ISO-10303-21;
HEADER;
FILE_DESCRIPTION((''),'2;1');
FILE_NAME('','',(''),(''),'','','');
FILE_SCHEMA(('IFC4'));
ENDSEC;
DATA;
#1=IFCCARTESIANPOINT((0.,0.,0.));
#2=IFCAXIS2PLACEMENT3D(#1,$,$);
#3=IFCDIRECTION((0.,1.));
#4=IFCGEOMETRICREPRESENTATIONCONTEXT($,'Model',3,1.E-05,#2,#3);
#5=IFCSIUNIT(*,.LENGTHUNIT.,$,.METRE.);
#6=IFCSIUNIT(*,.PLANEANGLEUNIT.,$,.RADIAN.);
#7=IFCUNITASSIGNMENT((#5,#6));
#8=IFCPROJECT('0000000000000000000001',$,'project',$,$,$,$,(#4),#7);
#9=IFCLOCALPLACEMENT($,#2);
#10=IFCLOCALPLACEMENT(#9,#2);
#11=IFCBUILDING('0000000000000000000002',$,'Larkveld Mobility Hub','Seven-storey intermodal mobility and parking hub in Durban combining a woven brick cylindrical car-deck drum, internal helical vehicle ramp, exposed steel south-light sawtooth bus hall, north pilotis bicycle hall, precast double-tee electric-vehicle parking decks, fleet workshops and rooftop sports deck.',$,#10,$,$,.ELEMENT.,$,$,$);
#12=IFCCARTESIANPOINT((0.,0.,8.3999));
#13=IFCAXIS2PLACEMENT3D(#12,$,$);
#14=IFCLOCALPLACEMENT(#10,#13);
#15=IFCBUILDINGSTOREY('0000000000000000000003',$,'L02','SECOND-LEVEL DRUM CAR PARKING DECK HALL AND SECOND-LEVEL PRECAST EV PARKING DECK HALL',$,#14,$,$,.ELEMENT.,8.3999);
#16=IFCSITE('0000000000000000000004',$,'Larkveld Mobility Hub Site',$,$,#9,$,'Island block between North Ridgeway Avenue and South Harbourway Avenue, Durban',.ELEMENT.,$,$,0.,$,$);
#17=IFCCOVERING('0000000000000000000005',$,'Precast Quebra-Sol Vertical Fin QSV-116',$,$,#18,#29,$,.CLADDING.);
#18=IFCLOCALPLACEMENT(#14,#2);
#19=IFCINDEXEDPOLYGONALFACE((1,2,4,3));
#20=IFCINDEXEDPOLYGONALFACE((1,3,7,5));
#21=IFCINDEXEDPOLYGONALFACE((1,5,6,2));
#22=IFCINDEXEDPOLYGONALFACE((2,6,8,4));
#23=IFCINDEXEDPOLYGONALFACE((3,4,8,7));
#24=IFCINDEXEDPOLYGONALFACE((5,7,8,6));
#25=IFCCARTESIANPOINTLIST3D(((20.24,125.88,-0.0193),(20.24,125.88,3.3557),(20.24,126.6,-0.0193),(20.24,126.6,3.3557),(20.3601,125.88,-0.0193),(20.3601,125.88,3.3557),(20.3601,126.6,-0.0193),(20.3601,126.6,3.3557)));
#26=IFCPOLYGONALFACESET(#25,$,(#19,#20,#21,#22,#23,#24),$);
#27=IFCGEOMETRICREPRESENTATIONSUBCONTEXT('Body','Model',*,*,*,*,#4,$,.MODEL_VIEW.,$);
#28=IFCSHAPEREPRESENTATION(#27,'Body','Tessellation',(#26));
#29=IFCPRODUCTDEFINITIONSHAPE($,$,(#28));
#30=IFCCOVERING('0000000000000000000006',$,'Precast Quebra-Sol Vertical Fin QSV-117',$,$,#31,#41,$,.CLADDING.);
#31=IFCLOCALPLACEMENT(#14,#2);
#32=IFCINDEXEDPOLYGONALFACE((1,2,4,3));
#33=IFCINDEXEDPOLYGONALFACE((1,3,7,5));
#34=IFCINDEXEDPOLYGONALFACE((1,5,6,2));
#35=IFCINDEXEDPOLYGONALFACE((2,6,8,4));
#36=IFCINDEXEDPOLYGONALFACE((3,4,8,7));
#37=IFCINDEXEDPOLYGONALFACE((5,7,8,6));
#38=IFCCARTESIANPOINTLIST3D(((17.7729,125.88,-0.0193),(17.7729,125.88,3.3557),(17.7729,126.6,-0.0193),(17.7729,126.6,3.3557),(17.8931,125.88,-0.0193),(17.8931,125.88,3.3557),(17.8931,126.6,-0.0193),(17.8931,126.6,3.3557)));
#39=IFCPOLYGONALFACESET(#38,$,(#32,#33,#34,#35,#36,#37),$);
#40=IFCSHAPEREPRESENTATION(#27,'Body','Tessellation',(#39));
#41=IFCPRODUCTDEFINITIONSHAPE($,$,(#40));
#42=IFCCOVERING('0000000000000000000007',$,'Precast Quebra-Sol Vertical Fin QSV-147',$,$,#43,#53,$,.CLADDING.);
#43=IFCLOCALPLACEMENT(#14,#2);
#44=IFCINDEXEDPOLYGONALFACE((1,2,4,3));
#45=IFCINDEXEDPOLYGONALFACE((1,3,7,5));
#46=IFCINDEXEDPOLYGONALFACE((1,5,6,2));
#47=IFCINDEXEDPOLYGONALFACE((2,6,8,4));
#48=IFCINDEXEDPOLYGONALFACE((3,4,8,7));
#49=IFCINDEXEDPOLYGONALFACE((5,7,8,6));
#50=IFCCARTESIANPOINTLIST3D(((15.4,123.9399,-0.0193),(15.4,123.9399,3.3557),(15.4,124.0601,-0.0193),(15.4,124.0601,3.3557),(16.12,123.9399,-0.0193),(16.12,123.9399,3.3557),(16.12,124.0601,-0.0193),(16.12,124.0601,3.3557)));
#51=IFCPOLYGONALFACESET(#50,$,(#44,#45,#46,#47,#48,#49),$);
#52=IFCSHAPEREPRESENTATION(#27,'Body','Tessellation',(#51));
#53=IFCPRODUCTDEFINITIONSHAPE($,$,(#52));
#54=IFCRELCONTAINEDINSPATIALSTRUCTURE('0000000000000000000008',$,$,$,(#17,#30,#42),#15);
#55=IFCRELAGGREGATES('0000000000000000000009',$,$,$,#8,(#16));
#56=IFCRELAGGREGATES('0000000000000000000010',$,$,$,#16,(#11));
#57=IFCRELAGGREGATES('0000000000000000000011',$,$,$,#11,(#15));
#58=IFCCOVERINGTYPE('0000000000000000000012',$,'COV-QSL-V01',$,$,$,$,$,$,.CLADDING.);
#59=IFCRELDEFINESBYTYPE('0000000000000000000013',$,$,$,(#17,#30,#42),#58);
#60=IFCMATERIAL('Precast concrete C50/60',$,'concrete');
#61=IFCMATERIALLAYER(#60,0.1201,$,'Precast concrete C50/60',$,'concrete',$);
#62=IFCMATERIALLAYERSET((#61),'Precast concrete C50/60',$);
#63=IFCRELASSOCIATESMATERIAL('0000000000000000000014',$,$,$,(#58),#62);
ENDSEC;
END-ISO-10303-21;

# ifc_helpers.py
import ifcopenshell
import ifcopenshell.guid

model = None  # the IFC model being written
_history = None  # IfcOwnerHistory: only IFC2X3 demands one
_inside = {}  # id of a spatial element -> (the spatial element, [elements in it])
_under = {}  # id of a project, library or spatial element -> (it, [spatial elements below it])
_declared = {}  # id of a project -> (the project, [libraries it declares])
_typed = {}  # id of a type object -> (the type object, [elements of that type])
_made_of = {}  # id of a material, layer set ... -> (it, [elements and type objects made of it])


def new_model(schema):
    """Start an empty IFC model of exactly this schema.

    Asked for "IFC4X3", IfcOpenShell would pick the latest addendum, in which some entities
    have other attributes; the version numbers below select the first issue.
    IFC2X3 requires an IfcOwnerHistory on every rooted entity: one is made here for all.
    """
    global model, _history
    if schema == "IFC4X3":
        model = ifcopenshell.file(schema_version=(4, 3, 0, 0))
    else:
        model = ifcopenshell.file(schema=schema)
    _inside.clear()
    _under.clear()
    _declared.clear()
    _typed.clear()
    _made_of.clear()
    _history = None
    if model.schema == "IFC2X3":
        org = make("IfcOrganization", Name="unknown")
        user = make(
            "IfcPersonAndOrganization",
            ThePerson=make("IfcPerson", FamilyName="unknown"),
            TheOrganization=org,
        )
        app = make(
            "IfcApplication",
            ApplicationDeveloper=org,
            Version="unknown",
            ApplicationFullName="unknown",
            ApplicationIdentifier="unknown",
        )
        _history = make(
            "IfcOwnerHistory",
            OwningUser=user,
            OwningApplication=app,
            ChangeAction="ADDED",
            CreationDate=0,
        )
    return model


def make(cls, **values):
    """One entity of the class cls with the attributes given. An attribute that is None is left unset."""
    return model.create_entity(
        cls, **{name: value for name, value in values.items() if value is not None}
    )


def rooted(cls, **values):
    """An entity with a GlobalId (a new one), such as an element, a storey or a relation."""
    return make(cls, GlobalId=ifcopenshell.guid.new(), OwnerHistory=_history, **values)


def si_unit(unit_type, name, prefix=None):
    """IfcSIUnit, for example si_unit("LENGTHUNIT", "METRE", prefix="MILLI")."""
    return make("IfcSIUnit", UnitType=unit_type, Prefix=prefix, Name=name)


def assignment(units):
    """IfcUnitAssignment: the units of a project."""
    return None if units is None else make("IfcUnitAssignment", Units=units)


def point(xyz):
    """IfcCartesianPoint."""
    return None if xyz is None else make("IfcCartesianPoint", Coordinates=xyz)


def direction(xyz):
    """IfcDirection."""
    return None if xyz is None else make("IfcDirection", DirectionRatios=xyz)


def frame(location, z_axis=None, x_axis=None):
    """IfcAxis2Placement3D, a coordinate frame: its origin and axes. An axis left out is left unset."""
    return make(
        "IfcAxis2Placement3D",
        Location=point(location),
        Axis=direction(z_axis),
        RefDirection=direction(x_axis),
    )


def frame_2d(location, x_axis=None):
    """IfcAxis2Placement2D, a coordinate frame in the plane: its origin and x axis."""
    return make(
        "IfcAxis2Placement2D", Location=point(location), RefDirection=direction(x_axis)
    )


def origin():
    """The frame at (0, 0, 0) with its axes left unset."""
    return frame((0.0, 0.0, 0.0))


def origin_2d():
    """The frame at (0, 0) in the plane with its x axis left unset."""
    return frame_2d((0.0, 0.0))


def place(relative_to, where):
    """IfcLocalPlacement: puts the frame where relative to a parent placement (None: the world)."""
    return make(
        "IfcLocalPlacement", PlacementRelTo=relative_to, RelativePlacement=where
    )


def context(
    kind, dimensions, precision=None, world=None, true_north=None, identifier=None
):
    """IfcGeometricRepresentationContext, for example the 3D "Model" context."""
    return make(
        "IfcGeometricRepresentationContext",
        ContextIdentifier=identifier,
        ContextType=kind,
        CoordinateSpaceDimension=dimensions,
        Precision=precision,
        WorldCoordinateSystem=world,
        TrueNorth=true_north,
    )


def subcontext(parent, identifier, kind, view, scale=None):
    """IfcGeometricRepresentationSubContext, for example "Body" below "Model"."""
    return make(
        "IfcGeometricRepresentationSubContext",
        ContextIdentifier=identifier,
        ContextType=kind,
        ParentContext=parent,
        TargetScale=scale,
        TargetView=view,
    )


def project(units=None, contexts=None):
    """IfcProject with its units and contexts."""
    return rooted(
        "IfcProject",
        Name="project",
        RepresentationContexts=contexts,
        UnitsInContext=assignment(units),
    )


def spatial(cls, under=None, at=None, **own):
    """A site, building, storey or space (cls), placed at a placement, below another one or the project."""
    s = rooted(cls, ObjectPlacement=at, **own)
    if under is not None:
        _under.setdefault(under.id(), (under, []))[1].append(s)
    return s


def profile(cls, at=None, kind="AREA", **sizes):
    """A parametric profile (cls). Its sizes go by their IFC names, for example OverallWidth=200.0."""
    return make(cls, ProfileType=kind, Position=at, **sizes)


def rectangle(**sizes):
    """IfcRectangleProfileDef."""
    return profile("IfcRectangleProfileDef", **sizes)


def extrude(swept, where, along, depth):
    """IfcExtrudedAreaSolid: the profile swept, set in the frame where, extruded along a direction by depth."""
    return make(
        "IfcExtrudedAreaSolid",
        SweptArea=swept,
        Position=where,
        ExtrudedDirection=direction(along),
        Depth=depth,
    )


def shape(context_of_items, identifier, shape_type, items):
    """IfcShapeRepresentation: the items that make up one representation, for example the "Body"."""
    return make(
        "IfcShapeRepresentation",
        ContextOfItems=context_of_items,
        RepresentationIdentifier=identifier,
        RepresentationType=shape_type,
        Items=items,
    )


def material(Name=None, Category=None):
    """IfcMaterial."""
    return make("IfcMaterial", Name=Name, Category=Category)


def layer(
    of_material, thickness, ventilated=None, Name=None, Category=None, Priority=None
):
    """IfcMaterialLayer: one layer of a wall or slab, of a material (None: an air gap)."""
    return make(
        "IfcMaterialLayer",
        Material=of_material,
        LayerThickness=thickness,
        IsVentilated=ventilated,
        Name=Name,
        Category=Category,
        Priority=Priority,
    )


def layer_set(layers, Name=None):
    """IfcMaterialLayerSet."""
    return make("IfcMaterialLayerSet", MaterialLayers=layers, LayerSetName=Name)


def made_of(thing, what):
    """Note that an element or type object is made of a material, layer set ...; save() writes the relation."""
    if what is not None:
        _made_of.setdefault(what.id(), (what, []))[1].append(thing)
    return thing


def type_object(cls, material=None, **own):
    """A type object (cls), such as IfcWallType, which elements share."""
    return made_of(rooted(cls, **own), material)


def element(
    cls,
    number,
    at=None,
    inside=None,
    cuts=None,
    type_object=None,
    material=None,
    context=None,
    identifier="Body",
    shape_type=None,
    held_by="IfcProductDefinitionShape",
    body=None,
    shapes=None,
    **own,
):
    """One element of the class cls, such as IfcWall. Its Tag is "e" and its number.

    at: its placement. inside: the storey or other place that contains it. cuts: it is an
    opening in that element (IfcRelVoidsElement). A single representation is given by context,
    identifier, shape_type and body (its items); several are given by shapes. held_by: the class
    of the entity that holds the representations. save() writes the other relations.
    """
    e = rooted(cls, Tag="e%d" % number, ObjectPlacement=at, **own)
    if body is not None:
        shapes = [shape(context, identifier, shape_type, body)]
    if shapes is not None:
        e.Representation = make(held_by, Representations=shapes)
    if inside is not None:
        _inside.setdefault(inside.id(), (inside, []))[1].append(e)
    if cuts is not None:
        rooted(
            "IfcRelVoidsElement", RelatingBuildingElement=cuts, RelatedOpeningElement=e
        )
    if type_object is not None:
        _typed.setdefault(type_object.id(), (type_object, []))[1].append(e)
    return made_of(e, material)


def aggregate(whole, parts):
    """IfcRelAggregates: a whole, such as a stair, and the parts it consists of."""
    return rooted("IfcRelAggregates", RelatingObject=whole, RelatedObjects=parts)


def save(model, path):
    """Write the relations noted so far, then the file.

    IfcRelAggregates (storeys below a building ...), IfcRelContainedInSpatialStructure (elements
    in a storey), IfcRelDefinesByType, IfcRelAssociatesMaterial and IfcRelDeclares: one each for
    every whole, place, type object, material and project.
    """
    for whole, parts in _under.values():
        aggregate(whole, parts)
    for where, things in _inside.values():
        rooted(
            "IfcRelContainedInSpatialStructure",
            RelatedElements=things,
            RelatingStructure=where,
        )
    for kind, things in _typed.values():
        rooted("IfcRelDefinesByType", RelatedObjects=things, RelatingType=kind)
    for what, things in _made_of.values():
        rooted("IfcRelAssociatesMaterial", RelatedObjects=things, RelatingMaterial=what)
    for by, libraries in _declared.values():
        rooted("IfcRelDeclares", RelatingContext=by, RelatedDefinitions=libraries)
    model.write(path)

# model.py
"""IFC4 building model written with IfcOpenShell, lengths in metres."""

from ifc_helpers import new_model, si_unit, direction, frame, origin, origin_2d, place, context, subcontext, project, spatial, rectangle, extrude, material, layer, layer_set, type_object, element, save


model = new_model("IFC4")

# Units and contexts
model_context = context("Model", 3, precision=1e-05, world=origin(), true_north=direction((0.0, 1.0)))
body_context = subcontext(model_context, "Body", "Model", "MODEL_VIEW")
ifc_project = project(units=[si_unit("LENGTHUNIT", "METRE"), si_unit("PLANEANGLEUNIT", "RADIAN")], contexts=[model_context])

# Site, building, storey
site_placement = place(None, origin())
site = spatial("IfcSite", under=ifc_project, at=site_placement, Name="Larkveld Mobility Hub Site", LongName="Island block between North Ridgeway Avenue and South Harbourway Avenue, Durban", CompositionType="ELEMENT", RefElevation=0.0)
building_placement = place(site_placement, origin())
building = spatial("IfcBuilding", under=site, at=building_placement, Name="Larkveld Mobility Hub", Description="Seven-storey intermodal mobility and parking hub in Durban combining a woven brick cylindrical car-deck drum, internal helical vehicle ramp, exposed steel south-light sawtooth bus hall, north pilotis bicycle hall, precast double-tee electric-vehicle parking decks, fleet workshops and rooftop sports deck.", CompositionType="ELEMENT")
storey_placement = place(building_placement, frame((0.0, 0.0, 8.3999)))
storey = spatial("IfcBuildingStorey", under=building, at=storey_placement, Name="L02", Description="SECOND-LEVEL DRUM CAR PARKING DECK HALL AND SECOND-LEVEL PRECAST EV PARKING DECK HALL", CompositionType="ELEMENT", Elevation=8.3999)

# Shared definitions
ifc_material_1 = material(Name="Precast concrete C50/60", Category="concrete")

# Coverings
ifc_layer_1 = layer(ifc_material_1, 0.1201, Name="Precast concrete C50/60", Category="concrete")
ifc_layer_set_1 = layer_set([ifc_layer_1], Name="Precast concrete C50/60")
covering_type = type_object("IfcCoveringType", Name="COV-QSL-V01", PredefinedType="CLADDING", material=ifc_layer_set_1)
for number, where, z_axis, x_axis, name in (
    (1, (20.3, 126.24, -0.0193), (0.0, 0.0, 1.0), (-1.0, 0.0, 0.0), "Precast Quebra-Sol Vertical Fin QSV-116"),
    (2, (17.833, 126.24, -0.0193), (0.0, 0.0, 1.0), (-1.0, 0.0, 0.0), "Precast Quebra-Sol Vertical Fin QSV-117"),
    (3, (15.76, 124.0, -0.0193), (0.0, 0.0, 1.0), (0.0, -1.0, 0.0), "Precast Quebra-Sol Vertical Fin QSV-147"),
):
    element("IfcCovering", number, at=place(storey_placement, frame(where, z_axis=z_axis, x_axis=x_axis)), inside=storey, type_object=covering_type, Name=name, PredefinedType="CLADDING", context=body_context, shape_type="SweptSolid", body=[
        extrude(rectangle(XDim=0.1201, YDim=0.72, at=origin_2d()), origin(), (0.0, 0.0, 1.0), 3.375),
    ])

save(model, "model.ifc")
